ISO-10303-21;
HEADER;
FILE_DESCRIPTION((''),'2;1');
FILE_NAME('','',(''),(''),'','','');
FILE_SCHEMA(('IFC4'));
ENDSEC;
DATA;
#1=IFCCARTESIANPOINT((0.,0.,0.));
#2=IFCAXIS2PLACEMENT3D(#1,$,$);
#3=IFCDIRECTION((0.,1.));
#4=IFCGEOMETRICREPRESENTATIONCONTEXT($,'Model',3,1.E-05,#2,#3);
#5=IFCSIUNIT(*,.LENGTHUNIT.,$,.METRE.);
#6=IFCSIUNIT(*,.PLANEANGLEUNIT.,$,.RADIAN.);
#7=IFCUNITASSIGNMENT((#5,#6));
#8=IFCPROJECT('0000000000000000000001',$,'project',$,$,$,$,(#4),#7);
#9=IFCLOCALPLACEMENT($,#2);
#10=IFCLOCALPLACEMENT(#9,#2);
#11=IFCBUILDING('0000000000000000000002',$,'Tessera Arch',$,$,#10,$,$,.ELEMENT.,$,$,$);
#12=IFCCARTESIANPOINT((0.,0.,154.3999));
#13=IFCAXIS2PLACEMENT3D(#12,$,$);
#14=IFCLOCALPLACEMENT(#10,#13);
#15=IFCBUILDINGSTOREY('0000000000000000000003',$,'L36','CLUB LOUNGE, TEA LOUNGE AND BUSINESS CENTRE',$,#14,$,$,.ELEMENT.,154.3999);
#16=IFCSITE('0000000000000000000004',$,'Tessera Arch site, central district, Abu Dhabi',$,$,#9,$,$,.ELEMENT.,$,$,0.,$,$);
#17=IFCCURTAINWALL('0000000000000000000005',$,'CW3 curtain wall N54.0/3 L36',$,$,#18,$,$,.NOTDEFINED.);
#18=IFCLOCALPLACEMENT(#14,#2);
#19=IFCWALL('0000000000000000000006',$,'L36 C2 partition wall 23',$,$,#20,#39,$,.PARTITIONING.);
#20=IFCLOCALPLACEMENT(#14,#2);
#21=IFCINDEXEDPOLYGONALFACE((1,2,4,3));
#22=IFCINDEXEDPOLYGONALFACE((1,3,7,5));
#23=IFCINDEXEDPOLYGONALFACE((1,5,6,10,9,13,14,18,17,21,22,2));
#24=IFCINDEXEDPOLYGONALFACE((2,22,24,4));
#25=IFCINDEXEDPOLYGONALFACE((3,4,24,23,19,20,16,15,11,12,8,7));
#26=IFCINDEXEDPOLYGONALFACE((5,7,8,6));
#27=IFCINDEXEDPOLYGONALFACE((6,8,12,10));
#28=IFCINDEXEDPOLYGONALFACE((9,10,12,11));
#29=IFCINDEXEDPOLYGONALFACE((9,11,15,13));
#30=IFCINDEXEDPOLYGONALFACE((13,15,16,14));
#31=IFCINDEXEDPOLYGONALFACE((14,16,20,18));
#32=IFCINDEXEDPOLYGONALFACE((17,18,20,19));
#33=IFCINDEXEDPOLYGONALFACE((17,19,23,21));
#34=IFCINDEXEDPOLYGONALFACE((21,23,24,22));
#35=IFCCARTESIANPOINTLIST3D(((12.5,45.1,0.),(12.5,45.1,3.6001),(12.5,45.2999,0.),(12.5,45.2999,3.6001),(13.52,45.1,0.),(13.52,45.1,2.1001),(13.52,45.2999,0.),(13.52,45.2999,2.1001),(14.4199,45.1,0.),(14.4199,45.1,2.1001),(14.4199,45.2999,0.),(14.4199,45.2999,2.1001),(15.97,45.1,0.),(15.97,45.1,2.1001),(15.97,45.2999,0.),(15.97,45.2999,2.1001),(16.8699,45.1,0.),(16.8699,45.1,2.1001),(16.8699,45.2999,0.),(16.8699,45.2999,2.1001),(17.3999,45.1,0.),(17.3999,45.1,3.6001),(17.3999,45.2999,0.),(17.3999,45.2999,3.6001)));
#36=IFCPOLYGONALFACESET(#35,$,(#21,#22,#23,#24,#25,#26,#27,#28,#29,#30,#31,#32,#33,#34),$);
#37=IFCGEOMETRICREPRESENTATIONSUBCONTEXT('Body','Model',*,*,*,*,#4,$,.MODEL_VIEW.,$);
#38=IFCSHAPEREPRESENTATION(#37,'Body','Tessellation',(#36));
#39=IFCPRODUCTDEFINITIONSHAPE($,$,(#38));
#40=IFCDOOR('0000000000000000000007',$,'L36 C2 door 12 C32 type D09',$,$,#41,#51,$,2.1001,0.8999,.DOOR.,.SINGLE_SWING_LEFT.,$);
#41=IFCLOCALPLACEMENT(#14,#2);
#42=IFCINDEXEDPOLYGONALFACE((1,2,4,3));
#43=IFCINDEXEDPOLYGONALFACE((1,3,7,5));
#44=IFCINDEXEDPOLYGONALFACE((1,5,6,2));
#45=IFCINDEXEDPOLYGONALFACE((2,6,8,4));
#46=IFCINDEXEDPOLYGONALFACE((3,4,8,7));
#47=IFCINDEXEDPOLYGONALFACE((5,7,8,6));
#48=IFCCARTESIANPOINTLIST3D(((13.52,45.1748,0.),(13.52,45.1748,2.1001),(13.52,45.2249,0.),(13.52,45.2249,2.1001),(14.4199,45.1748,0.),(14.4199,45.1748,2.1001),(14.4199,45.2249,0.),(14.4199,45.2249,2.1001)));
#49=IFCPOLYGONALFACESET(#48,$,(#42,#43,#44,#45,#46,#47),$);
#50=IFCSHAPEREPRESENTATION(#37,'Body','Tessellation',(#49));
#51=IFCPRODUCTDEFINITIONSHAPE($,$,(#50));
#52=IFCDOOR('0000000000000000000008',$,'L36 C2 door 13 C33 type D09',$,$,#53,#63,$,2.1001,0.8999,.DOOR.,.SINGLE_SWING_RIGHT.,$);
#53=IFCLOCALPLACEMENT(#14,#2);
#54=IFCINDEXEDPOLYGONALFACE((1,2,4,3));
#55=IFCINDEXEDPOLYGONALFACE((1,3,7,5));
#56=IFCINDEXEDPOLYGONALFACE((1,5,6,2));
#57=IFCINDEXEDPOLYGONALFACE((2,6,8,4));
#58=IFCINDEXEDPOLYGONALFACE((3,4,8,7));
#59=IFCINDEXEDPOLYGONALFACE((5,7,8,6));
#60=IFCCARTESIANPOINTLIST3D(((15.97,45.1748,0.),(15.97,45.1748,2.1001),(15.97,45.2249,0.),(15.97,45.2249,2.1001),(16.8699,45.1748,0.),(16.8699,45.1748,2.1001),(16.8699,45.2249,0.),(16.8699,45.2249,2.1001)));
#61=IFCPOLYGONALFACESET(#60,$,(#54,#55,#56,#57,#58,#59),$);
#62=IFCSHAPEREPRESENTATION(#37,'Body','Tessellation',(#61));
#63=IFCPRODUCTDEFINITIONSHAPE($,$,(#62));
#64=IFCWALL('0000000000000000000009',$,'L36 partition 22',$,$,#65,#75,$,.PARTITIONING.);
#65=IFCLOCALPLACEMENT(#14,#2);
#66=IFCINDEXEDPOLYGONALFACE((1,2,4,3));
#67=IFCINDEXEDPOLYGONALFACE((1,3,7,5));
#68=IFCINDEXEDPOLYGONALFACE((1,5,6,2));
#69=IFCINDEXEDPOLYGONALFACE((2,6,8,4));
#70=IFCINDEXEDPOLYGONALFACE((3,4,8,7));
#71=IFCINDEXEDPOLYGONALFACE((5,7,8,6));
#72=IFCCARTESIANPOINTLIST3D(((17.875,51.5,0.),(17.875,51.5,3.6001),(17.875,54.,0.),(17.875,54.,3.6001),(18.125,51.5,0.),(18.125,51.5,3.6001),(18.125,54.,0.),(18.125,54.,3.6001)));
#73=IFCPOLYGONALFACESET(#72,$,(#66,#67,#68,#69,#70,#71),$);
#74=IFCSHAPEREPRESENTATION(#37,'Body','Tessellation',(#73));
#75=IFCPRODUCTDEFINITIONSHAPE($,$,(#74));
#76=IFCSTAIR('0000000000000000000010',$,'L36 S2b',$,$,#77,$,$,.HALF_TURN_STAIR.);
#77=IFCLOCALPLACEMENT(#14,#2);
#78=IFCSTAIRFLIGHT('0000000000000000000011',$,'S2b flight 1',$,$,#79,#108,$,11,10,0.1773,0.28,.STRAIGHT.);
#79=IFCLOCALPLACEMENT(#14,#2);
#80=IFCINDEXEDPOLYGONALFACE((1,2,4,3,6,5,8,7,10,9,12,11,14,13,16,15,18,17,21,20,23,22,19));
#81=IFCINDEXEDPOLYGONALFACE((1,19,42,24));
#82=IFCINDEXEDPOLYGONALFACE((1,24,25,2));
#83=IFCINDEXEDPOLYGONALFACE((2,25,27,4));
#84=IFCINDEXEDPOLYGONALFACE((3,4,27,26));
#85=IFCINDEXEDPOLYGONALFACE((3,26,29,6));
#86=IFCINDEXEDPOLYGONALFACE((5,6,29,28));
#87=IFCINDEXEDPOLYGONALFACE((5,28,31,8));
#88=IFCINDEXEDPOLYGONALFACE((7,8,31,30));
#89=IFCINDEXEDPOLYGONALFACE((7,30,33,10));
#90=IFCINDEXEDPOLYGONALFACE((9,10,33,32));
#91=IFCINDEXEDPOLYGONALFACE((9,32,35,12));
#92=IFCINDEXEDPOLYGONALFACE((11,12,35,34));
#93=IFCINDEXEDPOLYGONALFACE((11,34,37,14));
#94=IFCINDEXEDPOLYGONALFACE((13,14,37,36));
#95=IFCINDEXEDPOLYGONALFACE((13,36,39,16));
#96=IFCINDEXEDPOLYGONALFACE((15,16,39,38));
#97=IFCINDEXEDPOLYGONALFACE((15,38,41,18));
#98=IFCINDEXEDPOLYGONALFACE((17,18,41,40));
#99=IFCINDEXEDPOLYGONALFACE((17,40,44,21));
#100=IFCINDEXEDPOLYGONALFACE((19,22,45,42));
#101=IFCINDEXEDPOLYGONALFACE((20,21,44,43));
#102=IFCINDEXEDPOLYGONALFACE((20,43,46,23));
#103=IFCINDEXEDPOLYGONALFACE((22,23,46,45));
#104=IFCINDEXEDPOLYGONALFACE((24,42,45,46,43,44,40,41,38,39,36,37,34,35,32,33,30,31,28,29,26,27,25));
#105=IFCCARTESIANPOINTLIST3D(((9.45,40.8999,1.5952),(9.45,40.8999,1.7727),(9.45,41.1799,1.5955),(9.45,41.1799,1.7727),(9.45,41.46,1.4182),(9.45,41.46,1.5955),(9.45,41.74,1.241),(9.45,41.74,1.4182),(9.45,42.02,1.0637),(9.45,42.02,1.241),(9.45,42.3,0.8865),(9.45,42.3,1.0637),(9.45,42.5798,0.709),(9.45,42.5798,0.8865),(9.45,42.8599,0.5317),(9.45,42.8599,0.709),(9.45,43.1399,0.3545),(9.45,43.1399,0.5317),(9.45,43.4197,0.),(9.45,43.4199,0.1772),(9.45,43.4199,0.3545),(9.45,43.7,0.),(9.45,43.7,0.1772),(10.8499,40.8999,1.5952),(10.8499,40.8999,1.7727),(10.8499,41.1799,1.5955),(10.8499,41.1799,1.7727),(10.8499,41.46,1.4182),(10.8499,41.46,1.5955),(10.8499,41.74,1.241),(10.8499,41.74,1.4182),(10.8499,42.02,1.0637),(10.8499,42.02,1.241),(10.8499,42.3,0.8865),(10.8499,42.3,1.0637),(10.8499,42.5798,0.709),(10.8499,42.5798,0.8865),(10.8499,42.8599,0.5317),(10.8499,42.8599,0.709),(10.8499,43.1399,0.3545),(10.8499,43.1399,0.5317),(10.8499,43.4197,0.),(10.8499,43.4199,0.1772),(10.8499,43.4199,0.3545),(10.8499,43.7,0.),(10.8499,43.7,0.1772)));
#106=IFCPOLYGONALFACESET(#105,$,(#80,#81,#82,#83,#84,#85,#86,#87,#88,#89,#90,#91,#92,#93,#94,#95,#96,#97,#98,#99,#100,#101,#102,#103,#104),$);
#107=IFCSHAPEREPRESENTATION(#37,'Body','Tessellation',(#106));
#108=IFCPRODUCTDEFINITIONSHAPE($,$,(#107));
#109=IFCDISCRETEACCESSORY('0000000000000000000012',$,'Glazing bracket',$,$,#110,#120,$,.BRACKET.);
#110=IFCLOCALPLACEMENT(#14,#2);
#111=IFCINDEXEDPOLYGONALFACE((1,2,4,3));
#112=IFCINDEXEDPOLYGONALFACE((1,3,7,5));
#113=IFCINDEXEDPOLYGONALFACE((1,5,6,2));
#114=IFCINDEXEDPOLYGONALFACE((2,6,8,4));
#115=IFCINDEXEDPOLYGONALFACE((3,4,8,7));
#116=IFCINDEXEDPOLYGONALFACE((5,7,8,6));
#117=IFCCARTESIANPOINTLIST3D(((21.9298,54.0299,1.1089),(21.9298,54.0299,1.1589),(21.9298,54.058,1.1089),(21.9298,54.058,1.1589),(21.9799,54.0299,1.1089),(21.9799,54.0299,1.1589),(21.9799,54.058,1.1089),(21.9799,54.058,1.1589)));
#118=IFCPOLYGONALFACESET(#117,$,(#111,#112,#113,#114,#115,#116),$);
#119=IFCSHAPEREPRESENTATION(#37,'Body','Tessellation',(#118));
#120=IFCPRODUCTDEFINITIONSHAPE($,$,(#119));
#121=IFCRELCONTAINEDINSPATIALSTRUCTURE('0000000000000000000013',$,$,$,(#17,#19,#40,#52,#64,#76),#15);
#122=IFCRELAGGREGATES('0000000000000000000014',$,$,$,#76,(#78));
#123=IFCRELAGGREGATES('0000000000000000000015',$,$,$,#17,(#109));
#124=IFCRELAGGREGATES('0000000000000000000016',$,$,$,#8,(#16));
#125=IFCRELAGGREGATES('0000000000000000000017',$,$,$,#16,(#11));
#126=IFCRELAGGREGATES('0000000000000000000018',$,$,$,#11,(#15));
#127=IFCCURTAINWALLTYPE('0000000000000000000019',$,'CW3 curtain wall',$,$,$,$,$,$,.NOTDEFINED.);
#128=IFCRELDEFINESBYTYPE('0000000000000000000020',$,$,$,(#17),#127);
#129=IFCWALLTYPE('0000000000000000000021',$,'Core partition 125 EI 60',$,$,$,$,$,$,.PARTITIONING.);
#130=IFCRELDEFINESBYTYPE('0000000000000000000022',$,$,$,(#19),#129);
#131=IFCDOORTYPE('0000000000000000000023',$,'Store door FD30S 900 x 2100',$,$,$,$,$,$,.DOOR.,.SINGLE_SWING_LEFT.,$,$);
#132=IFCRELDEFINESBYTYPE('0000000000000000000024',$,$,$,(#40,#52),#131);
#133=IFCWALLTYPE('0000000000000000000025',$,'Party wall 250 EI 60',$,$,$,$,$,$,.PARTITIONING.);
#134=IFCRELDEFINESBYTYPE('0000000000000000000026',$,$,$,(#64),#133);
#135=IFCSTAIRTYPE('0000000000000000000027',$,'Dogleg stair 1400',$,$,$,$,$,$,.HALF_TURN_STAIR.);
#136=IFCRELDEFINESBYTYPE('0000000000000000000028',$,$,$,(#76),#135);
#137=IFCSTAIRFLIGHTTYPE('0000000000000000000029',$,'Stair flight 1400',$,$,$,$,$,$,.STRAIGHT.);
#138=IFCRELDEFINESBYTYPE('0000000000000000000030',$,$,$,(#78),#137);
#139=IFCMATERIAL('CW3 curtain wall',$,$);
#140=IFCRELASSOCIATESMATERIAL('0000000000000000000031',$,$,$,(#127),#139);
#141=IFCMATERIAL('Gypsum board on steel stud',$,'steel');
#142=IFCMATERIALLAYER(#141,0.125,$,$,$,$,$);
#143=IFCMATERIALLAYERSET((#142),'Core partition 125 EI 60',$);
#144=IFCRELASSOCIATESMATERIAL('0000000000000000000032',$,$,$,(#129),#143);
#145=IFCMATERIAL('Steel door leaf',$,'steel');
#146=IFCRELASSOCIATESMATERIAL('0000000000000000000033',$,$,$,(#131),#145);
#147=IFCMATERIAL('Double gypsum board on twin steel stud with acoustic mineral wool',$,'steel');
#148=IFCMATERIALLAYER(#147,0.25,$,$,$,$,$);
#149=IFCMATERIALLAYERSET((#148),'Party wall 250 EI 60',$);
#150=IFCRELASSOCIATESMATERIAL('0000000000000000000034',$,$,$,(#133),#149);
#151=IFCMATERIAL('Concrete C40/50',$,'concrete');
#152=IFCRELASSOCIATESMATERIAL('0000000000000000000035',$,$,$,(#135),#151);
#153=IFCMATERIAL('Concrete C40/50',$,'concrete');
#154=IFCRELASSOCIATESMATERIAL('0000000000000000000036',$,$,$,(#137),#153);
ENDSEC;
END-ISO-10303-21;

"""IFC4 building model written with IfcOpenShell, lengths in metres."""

from ifc_helpers import new_model, si_unit, direction, frame, frame_2d, origin, origin_2d, place, context, subcontext, project, spatial, polyline, rectangle, outline, extrude, material, layer, layer_set, type_object, element, fill, aggregate, save


model = new_model("IFC4")

# Units and contexts
model_context = context("Model", 3, precision=1e-05, world=origin(), true_north=direction((0.0, 1.0)))
body_context = subcontext(model_context, "Body", "Model", "MODEL_VIEW")
ifc_project = project(units=[si_unit("LENGTHUNIT", "METRE"), si_unit("PLANEANGLEUNIT", "RADIAN")], contexts=[model_context])

# Site, building, storey
site_placement = place(None, origin())
site = spatial("IfcSite", under=ifc_project, at=site_placement, Name="Tessera Arch site, central district, Abu Dhabi", CompositionType="ELEMENT", RefElevation=0.0)
building_placement = place(site_placement, origin())
building = spatial("IfcBuilding", under=site, at=building_placement, Name="Tessera Arch", CompositionType="ELEMENT")
storey_placement = place(building_placement, frame((0.0, 0.0, 154.3999)))
storey = spatial("IfcBuildingStorey", under=building, at=storey_placement, Name="L36", Description="CLUB LOUNGE, TEA LOUNGE AND BUSINESS CENTRE", CompositionType="ELEMENT", Elevation=154.3999)

# Curtain wall
ifc_material_1 = material(Name="CW3 curtain wall")
curtain_wall_type_1 = type_object("IfcCurtainWallType", Name="CW3 curtain wall", PredefinedType="NOTDEFINED", material=ifc_material_1)
curtain_wall_1_placement = place(storey_placement, origin())
curtain_wall_1 = element("IfcCurtainWall", 1, at=curtain_wall_1_placement, inside=storey, type_object=curtain_wall_type_1, Name="CW3 curtain wall N54.0/3 L36", PredefinedType="NOTDEFINED")

# Shared definitions
ifc_material_2 = material(Name="Gypsum board on steel stud", Category="steel")
ifc_layer_1 = layer(ifc_material_2, 0.125)
ifc_layer_set_1 = layer_set([ifc_layer_1], Name="Core partition 125 EI 60")
wall_type_1 = type_object("IfcWallType", Name="Core partition 125 EI 60", PredefinedType="PARTITIONING", material=ifc_layer_set_1)

# Wall, openings, doors
wall_1_placement = place(storey_placement, frame((12.5, 45.2, 0.0), z_axis=(0.0, 0.0, 1.0), x_axis=(1.0, 0.0, 0.0)))
wall_1 = element("IfcWall", 2, at=wall_1_placement, inside=storey, type_object=wall_type_1, Name="L36 C2 partition wall 23", PredefinedType="PARTITIONING", context=body_context, shape_type="SweptSolid", body=[
    extrude(rectangle(XDim=4.8999, YDim=0.2, at=frame_2d((2.45, 0.0))), origin(), (0.0, 0.0, 1.0), 3.6001),
])
opening_1_placement = place(wall_1_placement, frame((1.02, 0.0, 0.0)))
opening_1 = element("IfcOpeningElement", 3, at=opening_1_placement, cuts=wall_1, PredefinedType="OPENING", context=body_context, shape_type="SweptSolid", body=[
    extrude(rectangle(XDim=0.8999, YDim=2.1001, at=frame_2d((0.45, 1.05))), frame((0.0, 0.1099, 0.0), z_axis=(0.0, -1.0, 0.0), x_axis=(1.0, 0.0, 0.0)), (0.0, 0.0, 1.0), 0.22),
])
opening_2_placement = place(wall_1_placement, frame((3.47, 0.0, 0.0)))
opening_2 = element("IfcOpeningElement", 4, at=opening_2_placement, cuts=wall_1, PredefinedType="OPENING", context=body_context, shape_type="SweptSolid", body=[
    extrude(rectangle(XDim=0.8999, YDim=2.1001, at=frame_2d((0.45, 1.05))), frame((0.0, 0.1099, 0.0), z_axis=(0.0, -1.0, 0.0), x_axis=(1.0, 0.0, 0.0)), (0.0, 0.0, 1.0), 0.22),
])
ifc_material_3 = material(Name="Steel door leaf", Category="steel")
door_type = type_object("IfcDoorType", Name="Store door FD30S 900 x 2100", OperationType="SINGLE_SWING_LEFT", PredefinedType="DOOR", material=ifc_material_3)
door_1_placement = place(opening_1_placement, origin())
door_1 = element("IfcDoor", 5, at=door_1_placement, inside=storey, type_object=door_type, Name="L36 C2 door 12 C32 type D09", OperationType="SINGLE_SWING_LEFT", OverallHeight=2.1001, OverallWidth=0.8999, PredefinedType="DOOR", context=body_context, shape_type="SweptSolid", body=[
    extrude(rectangle(XDim=0.8999, YDim=2.1001, at=frame_2d((0.45, 1.05))), frame((0.0, 0.0249, 0.0), z_axis=(0.0, -1.0, 0.0), x_axis=(1.0, 0.0, 0.0)), (0.0, 0.0, 1.0), 0.05),
])
fill(opening_1, door_1)
door_2_placement = place(opening_2_placement, origin())
door_2 = element("IfcDoor", 6, at=door_2_placement, inside=storey, type_object=door_type, Name="L36 C2 door 13 C33 type D09", OperationType="SINGLE_SWING_RIGHT", OverallHeight=2.1001, OverallWidth=0.8999, PredefinedType="DOOR", context=body_context, shape_type="SweptSolid", body=[
    extrude(rectangle(XDim=0.8999, YDim=2.1001, at=frame_2d((0.45, 1.05))), frame((0.0, 0.0249, 0.0), z_axis=(0.0, -1.0, 0.0), x_axis=(1.0, 0.0, 0.0)), (0.0, 0.0, 1.0), 0.05),
])
fill(opening_2, door_2)

# Wall
ifc_material_4 = material(Name="Double gypsum board on twin steel stud with acoustic mineral wool", Category="steel")
ifc_layer_2 = layer(ifc_material_4, 0.25)
ifc_layer_set_2 = layer_set([ifc_layer_2], Name="Party wall 250 EI 60")
wall_type_2 = type_object("IfcWallType", Name="Party wall 250 EI 60", PredefinedType="PARTITIONING", material=ifc_layer_set_2)
wall_2_placement = place(storey_placement, frame((18.0, 51.5, 0.0), z_axis=(0.0, 0.0, 1.0), x_axis=(0.0, 1.0, 0.0)))
element("IfcWall", 7, at=wall_2_placement, inside=storey, type_object=wall_type_2, Name="L36 partition 22", PredefinedType="PARTITIONING", context=body_context, shape_type="SweptSolid", body=[
    extrude(rectangle(XDim=2.5, YDim=0.25, at=frame_2d((1.25, 0.0))), origin(), (0.0, 0.0, 1.0), 3.6001),
])

# Stair, stair flight
ifc_material_5 = material(Name="Concrete C40/50", Category="concrete")
stair_type = type_object("IfcStairType", Name="Dogleg stair 1400", PredefinedType="HALF_TURN_STAIR", material=ifc_material_5)
stair_placement = place(storey_placement, origin())
stair = element("IfcStair", 8, at=stair_placement, inside=storey, type_object=stair_type, Name="L36 S2b", PredefinedType="HALF_TURN_STAIR")
ifc_material_6 = material(Name="Concrete C40/50", Category="concrete")
stair_flight_type = type_object("IfcStairFlightType", Name="Stair flight 1400", PredefinedType="STRAIGHT", material=ifc_material_6)
stair_flight_placement = place(storey_placement, frame((10.1499, 43.7, 0.0), z_axis=(0.0, 0.0, 1.0), x_axis=(0.0, -1.0, 0.0)))
stair_flight = element("IfcStairFlight", 9, at=stair_flight_placement, type_object=stair_flight_type, Name="S2b flight 1", NumberOfRisers=11, NumberOfTreads=10, PredefinedType="STRAIGHT", RiserHeight=0.1773, TreadLength=0.28, context=body_context, shape_type="SweptSolid", body=[
    extrude(outline(polyline([(0.0, 0.0), (0.0, 0.1772), (0.28, 0.1772), (0.28, 0.3545), (0.5601, 0.3545), (0.5601, 0.5317), (0.8401, 0.5317), (0.8401, 0.709), (1.1201, 0.709), (1.1201, 0.8865), (1.3999, 0.8865), (1.3999, 1.0637), (1.6799, 1.0637), (1.6799, 1.241), (1.96, 1.241), (1.96, 1.4182), (2.24, 1.4182), (2.24, 1.5955), (2.52, 1.5955), (2.52, 1.7727), (2.8, 1.7727), (2.8, 1.95), (2.8, 1.5952), (0.2803, 0.0), (0.0, 0.0)])), frame((0.0, 0.7, 0.0), z_axis=(0.0, -1.0, 0.0), x_axis=(1.0, 0.0, 0.0)), (0.0, 0.0, 1.0), 1.3999),
])
aggregate(stair, [stair_flight])

# Discrete accessory
discrete_accessory_placement = place(storey_placement, frame((21.9548, 54.0439, 1.1089), z_axis=(0.0, 0.0, 1.0), x_axis=(-1.0, 0.0, 0.0)))
discrete_accessory = element("IfcDiscreteAccessory", 10, at=discrete_accessory_placement, Name="Glazing bracket", PredefinedType="BRACKET", context=body_context, shape_type="SweptSolid", body=[
    extrude(rectangle(XDim=0.05, YDim=0.0281, at=origin_2d()), origin(), (0.0, 0.0, 1.0), 0.05),
])
aggregate(curtain_wall_1, [discrete_accessory])

save(model, "model.ifc")
